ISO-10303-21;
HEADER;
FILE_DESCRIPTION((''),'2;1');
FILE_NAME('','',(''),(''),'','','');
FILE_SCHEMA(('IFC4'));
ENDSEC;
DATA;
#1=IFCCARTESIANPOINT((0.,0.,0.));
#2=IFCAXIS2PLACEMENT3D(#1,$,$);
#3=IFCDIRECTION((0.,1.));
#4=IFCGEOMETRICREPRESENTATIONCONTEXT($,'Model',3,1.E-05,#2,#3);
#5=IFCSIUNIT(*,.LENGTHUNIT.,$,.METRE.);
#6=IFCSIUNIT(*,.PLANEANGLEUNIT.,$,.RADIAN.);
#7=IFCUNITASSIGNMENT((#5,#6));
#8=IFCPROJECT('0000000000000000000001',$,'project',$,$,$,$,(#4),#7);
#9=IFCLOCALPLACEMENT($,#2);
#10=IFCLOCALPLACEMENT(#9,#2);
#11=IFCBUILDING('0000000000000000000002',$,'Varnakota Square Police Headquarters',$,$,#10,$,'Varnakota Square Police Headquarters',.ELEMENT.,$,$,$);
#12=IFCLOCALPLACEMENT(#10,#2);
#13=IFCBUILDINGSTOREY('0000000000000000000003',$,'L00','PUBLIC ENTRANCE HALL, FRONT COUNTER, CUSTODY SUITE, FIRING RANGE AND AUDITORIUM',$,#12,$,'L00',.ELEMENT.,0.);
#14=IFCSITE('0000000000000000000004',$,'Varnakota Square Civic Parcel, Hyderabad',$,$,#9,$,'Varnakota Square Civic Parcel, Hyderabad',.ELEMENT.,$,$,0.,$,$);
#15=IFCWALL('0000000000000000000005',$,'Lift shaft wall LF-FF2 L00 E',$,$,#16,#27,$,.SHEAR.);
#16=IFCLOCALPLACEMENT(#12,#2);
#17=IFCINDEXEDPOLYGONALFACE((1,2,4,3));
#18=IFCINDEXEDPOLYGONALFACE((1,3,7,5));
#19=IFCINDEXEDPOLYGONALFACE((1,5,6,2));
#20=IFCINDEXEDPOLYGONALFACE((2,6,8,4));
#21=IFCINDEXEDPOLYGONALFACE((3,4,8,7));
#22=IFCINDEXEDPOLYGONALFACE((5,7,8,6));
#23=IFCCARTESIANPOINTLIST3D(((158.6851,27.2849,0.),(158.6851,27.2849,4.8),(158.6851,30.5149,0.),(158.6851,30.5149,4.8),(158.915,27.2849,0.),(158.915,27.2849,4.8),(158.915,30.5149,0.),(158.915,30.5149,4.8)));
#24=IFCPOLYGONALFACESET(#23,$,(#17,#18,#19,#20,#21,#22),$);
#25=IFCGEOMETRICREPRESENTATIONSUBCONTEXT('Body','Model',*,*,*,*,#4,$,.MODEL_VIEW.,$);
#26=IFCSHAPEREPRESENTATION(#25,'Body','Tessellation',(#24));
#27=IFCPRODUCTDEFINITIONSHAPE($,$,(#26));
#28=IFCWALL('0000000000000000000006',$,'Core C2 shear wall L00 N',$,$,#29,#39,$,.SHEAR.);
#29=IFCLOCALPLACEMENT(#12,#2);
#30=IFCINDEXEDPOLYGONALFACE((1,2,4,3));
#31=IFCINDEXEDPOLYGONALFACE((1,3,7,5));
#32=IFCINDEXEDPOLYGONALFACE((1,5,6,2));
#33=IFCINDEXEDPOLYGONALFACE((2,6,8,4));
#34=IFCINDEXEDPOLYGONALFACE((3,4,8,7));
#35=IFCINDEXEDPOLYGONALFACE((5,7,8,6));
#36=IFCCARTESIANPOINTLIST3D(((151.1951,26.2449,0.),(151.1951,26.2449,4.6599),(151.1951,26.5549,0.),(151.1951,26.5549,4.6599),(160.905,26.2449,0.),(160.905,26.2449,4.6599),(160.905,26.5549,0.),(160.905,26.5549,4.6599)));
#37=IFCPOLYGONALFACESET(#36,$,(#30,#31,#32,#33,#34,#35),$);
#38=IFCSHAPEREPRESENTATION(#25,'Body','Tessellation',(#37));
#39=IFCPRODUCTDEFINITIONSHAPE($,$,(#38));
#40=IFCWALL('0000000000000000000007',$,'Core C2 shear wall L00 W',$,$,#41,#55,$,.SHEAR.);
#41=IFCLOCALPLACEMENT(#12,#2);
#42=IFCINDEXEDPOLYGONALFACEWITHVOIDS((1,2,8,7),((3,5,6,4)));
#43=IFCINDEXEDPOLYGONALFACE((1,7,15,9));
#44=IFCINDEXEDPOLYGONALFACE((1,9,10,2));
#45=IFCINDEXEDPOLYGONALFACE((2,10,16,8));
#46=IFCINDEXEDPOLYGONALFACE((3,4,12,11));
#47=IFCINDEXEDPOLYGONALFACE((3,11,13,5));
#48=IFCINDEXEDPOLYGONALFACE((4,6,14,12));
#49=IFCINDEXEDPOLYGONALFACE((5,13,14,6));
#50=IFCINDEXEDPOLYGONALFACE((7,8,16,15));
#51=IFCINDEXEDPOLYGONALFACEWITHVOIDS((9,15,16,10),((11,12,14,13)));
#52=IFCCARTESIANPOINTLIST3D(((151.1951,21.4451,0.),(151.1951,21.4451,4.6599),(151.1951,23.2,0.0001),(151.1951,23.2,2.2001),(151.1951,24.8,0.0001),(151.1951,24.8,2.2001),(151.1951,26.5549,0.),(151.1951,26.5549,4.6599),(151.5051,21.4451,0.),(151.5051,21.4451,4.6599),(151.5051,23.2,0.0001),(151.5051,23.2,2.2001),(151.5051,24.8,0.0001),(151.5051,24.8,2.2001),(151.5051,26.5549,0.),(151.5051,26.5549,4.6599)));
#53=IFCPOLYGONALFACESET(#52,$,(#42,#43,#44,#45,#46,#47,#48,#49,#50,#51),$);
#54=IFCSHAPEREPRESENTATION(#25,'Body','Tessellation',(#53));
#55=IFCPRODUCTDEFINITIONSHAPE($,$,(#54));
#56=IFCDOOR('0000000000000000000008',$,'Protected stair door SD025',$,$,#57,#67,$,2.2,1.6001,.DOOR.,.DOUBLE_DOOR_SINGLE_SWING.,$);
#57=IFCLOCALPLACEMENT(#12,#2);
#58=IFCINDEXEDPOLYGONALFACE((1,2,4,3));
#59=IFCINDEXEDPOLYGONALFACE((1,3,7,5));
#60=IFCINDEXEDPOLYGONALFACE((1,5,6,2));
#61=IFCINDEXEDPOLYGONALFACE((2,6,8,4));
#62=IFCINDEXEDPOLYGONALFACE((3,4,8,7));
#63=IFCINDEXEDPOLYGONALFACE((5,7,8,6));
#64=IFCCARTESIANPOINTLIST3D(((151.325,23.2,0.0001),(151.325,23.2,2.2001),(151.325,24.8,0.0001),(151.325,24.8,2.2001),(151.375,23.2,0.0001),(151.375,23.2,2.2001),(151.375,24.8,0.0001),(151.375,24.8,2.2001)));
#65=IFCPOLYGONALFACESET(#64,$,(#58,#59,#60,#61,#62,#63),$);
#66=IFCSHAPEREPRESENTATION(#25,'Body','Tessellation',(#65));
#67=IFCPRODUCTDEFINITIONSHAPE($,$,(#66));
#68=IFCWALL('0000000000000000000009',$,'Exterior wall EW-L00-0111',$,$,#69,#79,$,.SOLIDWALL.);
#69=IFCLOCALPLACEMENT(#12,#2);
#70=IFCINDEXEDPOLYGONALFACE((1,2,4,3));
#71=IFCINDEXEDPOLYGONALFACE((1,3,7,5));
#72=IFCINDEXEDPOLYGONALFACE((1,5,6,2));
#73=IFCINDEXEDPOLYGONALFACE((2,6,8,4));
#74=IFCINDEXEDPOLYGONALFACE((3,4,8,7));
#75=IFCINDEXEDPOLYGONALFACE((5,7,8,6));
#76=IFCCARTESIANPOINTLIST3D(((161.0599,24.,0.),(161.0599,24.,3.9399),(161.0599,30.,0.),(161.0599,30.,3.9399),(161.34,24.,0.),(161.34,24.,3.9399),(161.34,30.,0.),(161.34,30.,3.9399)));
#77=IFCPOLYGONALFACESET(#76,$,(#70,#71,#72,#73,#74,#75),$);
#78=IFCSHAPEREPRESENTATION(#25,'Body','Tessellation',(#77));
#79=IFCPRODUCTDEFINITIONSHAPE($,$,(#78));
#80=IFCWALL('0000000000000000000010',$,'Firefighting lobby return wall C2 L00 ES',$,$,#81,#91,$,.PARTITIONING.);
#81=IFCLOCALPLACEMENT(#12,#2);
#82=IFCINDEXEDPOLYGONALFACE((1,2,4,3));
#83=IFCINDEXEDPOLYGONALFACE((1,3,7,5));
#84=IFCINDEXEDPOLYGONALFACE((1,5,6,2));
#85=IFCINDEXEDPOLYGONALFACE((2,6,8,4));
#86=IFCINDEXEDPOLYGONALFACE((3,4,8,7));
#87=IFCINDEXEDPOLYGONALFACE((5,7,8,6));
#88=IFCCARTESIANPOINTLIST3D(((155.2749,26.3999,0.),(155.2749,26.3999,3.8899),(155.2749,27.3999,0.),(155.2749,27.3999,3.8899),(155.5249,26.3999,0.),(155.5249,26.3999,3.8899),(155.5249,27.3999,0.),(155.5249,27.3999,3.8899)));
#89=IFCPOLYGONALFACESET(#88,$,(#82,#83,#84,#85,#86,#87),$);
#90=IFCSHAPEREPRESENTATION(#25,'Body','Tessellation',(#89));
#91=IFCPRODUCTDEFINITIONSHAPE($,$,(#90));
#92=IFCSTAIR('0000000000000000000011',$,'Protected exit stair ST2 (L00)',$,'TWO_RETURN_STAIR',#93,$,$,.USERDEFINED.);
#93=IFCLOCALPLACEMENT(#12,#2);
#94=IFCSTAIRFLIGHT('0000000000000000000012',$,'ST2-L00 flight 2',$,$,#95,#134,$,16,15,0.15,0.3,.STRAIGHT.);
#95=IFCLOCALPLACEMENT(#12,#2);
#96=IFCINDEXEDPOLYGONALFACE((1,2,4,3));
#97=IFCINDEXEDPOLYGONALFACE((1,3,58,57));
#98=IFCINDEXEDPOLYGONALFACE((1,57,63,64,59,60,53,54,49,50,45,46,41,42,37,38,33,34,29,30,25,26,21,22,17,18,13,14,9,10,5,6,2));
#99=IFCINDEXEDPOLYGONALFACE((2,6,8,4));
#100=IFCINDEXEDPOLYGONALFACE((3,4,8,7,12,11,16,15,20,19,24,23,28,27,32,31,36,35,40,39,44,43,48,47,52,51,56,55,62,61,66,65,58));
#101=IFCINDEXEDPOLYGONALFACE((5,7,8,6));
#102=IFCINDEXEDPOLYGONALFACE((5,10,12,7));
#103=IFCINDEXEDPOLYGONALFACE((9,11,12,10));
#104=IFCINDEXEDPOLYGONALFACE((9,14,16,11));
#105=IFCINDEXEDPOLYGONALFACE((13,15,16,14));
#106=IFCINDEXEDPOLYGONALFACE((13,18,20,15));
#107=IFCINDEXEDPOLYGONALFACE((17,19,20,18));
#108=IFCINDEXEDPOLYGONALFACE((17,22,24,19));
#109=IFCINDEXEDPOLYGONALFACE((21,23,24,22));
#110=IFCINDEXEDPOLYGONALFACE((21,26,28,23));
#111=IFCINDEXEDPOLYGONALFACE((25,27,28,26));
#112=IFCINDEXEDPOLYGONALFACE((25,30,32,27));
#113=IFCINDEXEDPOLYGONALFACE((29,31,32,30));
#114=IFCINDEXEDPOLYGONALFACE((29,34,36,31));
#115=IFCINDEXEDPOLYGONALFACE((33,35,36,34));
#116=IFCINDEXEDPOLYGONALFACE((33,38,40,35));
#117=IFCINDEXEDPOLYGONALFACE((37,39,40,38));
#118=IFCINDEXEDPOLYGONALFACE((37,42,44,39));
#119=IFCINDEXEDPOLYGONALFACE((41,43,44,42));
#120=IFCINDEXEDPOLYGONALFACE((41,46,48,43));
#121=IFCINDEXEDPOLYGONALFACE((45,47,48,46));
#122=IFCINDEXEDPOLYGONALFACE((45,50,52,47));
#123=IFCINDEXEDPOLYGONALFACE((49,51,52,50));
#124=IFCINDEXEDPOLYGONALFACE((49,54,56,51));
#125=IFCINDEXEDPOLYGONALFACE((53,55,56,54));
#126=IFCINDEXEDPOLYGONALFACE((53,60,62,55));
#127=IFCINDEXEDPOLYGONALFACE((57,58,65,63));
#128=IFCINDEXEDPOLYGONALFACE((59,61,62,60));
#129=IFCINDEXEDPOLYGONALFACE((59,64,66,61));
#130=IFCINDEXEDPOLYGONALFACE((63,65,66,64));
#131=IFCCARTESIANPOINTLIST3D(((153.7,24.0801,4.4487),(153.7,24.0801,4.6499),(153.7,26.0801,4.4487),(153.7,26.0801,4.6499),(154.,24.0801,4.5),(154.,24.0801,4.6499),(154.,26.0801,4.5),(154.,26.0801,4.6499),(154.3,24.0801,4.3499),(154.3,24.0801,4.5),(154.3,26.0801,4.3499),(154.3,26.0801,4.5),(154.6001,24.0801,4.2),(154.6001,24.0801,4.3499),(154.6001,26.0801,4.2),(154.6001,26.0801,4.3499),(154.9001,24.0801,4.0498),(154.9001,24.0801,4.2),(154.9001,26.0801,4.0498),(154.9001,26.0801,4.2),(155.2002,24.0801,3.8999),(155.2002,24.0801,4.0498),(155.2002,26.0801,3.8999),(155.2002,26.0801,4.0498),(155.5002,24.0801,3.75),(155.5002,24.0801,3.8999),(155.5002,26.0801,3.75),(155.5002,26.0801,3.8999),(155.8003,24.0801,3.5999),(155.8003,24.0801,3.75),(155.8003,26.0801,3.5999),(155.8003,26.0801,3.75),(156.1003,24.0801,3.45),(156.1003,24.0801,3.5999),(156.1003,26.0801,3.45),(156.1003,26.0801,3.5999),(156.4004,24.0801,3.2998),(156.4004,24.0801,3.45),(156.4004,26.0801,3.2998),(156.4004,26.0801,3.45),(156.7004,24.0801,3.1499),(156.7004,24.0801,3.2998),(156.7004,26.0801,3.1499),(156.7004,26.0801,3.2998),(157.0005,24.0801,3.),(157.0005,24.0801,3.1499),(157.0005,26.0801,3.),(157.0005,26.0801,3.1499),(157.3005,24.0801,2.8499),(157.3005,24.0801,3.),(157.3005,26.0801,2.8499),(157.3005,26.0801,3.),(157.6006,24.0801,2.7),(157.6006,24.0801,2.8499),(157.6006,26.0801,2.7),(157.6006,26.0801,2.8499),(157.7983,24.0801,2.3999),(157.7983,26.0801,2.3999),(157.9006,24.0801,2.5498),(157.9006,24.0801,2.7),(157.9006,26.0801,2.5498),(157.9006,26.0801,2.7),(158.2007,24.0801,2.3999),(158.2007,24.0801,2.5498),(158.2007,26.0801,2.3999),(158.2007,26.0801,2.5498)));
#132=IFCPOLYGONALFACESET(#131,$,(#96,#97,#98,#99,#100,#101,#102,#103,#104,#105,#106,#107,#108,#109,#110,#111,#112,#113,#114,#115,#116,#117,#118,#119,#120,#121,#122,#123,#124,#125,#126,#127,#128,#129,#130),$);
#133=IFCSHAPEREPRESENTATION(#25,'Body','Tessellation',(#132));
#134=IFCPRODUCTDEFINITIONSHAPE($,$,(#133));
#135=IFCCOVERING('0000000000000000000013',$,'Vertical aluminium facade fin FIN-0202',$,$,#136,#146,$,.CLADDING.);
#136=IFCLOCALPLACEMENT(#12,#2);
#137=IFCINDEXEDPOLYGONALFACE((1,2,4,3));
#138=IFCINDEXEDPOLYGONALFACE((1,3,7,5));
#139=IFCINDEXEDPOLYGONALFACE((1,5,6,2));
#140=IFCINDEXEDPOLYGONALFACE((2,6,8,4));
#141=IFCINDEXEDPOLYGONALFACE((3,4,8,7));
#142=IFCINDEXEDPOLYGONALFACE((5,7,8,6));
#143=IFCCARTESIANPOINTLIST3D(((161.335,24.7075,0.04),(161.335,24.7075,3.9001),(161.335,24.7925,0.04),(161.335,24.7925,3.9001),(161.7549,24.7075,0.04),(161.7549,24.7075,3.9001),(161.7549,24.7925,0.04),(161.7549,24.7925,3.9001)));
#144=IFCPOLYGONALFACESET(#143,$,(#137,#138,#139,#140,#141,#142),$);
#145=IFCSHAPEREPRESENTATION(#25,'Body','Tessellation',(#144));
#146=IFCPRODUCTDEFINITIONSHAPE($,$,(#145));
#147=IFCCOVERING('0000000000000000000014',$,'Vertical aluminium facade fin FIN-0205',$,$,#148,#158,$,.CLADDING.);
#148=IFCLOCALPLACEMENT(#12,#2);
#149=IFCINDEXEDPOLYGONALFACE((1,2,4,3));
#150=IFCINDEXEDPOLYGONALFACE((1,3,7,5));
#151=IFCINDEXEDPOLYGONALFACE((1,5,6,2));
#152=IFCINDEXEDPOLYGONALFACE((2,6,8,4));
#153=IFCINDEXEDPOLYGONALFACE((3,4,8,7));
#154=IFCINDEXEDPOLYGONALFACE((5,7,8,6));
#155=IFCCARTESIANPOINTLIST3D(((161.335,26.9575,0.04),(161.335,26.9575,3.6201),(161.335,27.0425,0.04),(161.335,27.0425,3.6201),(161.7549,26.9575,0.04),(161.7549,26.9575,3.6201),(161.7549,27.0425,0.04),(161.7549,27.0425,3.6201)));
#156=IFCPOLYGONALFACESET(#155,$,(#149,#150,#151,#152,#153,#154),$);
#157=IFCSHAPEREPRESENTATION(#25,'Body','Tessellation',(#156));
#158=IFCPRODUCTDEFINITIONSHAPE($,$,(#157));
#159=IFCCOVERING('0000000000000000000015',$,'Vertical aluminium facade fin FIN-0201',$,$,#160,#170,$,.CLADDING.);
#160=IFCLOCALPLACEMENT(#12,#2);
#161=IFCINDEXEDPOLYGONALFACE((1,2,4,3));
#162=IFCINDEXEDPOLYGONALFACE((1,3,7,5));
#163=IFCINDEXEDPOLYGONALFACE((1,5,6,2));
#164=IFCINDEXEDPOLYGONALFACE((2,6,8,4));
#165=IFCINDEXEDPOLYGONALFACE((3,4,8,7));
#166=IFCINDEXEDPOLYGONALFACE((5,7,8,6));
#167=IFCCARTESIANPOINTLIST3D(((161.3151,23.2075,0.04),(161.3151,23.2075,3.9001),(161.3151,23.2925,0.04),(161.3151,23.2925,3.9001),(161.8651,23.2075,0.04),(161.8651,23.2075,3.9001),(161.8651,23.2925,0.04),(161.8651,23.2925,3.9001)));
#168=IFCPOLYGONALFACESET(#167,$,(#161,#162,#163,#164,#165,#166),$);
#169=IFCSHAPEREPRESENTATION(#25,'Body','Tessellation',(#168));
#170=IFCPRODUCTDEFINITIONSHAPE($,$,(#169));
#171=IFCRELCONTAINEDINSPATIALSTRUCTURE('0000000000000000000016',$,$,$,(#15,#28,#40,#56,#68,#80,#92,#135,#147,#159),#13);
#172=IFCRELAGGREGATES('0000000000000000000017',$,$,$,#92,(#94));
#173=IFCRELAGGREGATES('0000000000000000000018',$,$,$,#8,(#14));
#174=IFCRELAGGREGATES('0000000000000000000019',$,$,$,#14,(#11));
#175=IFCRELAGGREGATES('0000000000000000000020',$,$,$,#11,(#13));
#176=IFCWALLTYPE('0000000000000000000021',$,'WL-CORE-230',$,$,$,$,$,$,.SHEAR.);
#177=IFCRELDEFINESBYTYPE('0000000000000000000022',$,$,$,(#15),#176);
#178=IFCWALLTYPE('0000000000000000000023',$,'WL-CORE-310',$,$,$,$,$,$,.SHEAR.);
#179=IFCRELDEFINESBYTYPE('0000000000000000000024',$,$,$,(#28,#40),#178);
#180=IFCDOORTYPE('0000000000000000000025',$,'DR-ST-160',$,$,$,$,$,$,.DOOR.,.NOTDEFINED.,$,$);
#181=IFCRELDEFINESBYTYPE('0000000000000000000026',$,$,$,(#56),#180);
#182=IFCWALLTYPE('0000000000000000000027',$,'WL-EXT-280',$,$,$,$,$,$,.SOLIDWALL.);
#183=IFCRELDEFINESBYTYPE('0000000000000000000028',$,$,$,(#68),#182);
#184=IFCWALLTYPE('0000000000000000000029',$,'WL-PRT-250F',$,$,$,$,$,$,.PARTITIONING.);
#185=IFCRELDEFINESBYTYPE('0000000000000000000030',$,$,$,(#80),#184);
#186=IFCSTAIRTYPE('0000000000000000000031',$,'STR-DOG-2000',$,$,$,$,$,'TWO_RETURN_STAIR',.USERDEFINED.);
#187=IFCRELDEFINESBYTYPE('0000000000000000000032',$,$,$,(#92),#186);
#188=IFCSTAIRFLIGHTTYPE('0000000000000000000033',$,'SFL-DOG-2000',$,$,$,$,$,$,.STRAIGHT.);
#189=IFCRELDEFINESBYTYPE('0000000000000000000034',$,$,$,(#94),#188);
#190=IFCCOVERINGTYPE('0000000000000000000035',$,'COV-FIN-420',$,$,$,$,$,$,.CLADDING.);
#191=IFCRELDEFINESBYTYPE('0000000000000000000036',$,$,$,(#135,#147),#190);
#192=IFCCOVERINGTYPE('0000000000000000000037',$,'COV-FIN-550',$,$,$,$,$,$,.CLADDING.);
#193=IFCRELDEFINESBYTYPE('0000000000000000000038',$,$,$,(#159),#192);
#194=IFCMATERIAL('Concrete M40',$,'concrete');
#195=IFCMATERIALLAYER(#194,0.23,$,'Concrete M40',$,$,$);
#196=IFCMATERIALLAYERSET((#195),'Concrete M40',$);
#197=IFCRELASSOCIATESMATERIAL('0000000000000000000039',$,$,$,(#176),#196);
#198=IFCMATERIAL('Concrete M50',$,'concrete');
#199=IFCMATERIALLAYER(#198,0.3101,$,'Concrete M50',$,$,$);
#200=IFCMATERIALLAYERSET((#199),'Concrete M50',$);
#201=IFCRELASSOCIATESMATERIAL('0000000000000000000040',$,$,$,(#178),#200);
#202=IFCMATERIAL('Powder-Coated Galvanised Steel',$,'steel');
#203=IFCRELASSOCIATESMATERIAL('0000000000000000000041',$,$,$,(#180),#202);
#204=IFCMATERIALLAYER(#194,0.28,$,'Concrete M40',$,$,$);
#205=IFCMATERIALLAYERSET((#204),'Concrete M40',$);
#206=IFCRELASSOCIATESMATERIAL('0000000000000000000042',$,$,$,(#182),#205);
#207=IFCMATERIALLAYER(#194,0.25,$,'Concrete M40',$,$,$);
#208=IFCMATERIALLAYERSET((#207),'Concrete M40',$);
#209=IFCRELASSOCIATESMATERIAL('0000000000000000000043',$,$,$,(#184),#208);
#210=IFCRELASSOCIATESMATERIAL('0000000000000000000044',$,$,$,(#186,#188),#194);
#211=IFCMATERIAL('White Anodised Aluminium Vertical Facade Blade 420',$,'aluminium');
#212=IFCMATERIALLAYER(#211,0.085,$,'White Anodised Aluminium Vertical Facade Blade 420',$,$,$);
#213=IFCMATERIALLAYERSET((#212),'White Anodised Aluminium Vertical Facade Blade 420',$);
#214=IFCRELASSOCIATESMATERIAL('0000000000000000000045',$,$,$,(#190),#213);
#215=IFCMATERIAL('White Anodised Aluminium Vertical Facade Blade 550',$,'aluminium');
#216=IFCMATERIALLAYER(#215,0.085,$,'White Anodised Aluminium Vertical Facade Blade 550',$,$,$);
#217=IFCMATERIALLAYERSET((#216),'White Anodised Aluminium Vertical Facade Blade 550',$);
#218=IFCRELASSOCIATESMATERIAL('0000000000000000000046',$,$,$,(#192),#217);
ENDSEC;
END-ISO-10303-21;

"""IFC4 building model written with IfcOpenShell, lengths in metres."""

from ifc_helpers import new_model, si_unit, direction, frame, frame_2d, origin, origin_2d, place, context, subcontext, project, spatial, polyline, rectangle, outline, extrude, material, layer, layer_set, type_object, element, fill, aggregate, save


model = new_model("IFC4")

# Units and contexts
model_context = context("Model", 3, precision=1e-05, world=origin(), true_north=direction((0.0, 1.0)))
body_context = subcontext(model_context, "Body", "Model", "MODEL_VIEW")
ifc_project = project(units=[si_unit("LENGTHUNIT", "METRE"), si_unit("PLANEANGLEUNIT", "RADIAN")], contexts=[model_context])

# Site, building, storey
site_placement = place(None, origin())
site = spatial("IfcSite", under=ifc_project, at=site_placement, Name="Varnakota Square Civic Parcel, Hyderabad", LongName="Varnakota Square Civic Parcel, Hyderabad", CompositionType="ELEMENT", RefElevation=0.0)
building_placement = place(site_placement, origin())
building = spatial("IfcBuilding", under=site, at=building_placement, Name="Varnakota Square Police Headquarters", LongName="Varnakota Square Police Headquarters", CompositionType="ELEMENT")
storey_placement = place(building_placement, origin())
storey = spatial("IfcBuildingStorey", under=building, at=storey_placement, Name="L00", Description="PUBLIC ENTRANCE HALL, FRONT COUNTER, CUSTODY SUITE, FIRING RANGE AND AUDITORIUM", LongName="L00", CompositionType="ELEMENT", Elevation=0.0)

# Shared definitions
ifc_material_1 = material(Name="Concrete M50", Category="concrete")

# Walls
ifc_material_2 = material(Name="Concrete M40", Category="concrete")
ifc_layer_1 = layer(ifc_material_2, 0.23, Name="Concrete M40")
ifc_layer_set_1 = layer_set([ifc_layer_1], Name="Concrete M40")
wall_type_1 = type_object("IfcWallType", Name="WL-CORE-230", PredefinedType="SHEAR", material=ifc_layer_set_1)
wall_1_placement = place(storey_placement, frame((158.8, 27.2849, 0.0), z_axis=(0.0, 0.0, 1.0), x_axis=(0.0, 1.0, 0.0)))
element("IfcWall", 1, at=wall_1_placement, inside=storey, type_object=wall_type_1, Name="Lift shaft wall LF-FF2 L00 E", PredefinedType="SHEAR", context=body_context, shape_type="SweptSolid", body=[
    extrude(rectangle(XDim=3.23, YDim=0.23, at=frame_2d((1.615, 0.0))), origin(), (0.0, 0.0, 1.0), 4.8),
])
ifc_layer_2 = layer(ifc_material_1, 0.3101, Name="Concrete M50")
ifc_layer_set_2 = layer_set([ifc_layer_2], Name="Concrete M50")
wall_type_2 = type_object("IfcWallType", Name="WL-CORE-310", PredefinedType="SHEAR", material=ifc_layer_set_2)
wall_2_placement = place(storey_placement, frame((160.905, 26.3999, 0.0), z_axis=(0.0, 0.0, 1.0), x_axis=(-1.0, 0.0, 0.0)))
element("IfcWall", 2, at=wall_2_placement, inside=storey, type_object=wall_type_2, Name="Core C2 shear wall L00 N", PredefinedType="SHEAR", context=body_context, shape_type="SweptSolid", body=[
    extrude(rectangle(XDim=9.71, YDim=0.3101, at=frame_2d((4.855, 0.0))), origin(), (0.0, 0.0, 1.0), 4.6599),
])

# Wall, opening, door
wall_3_placement = place(storey_placement, frame((151.3501, 26.5549, 0.0), z_axis=(0.0, 0.0, 1.0), x_axis=(0.0, -1.0, 0.0)))
wall_3 = element("IfcWall", 3, at=wall_3_placement, inside=storey, type_object=wall_type_2, Name="Core C2 shear wall L00 W", PredefinedType="SHEAR", context=body_context, shape_type="SweptSolid", body=[
    extrude(rectangle(XDim=5.1099, YDim=0.3101, at=frame_2d((2.5549, 0.0))), origin(), (0.0, 0.0, 1.0), 4.6599),
])
opening_1_placement = place(wall_3_placement, frame((1.7549, 0.0, 0.0)))
opening_1 = element("IfcOpeningElement", 4, at=opening_1_placement, cuts=wall_3, PredefinedType="OPENING", context=body_context, shape_type="SweptSolid", body=[
    extrude(rectangle(XDim=1.6001, YDim=2.2, at=frame_2d((0.8, 1.1001))), frame((0.0, 0.165, 0.0), z_axis=(0.0, -1.0, 0.0), x_axis=(1.0, 0.0, 0.0)), (0.0, 0.0, 1.0), 0.3301),
])
ifc_material_3 = material(Name="Powder-Coated Galvanised Steel", Category="steel")
door_type_1 = type_object("IfcDoorType", Name="DR-ST-160", OperationType="NOTDEFINED", PredefinedType="DOOR", material=ifc_material_3)
door_1_placement = place(opening_1_placement, origin())
door_1 = element("IfcDoor", 5, at=door_1_placement, inside=storey, type_object=door_type_1, Name="Protected stair door SD025", OperationType="DOUBLE_DOOR_SINGLE_SWING", OverallHeight=2.2, OverallWidth=1.6001, PredefinedType="DOOR", context=body_context, shape_type="SweptSolid", body=[
    extrude(rectangle(XDim=1.6001, YDim=2.2, at=frame_2d((0.8, 1.1001))), frame((0.0, 0.0249, 0.0), z_axis=(0.0, -1.0, 0.0), x_axis=(1.0, 0.0, 0.0)), (0.0, 0.0, 1.0), 0.05),
])
fill(opening_1, door_1)

# Wall
ifc_layer_3 = layer(ifc_material_2, 0.28, Name="Concrete M40")
ifc_layer_set_3 = layer_set([ifc_layer_3], Name="Concrete M40")
wall_type_3 = type_object("IfcWallType", Name="WL-EXT-280", PredefinedType="SOLIDWALL", material=ifc_layer_set_3)
wall_4_placement = place(storey_placement, frame((161.2, 24.0, 0.0), z_axis=(0.0, 0.0, 1.0), x_axis=(0.0, 1.0, 0.0)))
element("IfcWall", 6, at=wall_4_placement, inside=storey, type_object=wall_type_3, Name="Exterior wall EW-L00-0111", PredefinedType="SOLIDWALL", context=body_context, shape_type="SweptSolid", body=[
    extrude(rectangle(XDim=6.0, YDim=0.28, at=frame_2d((3.0, 0.0))), origin(), (0.0, 0.0, 1.0), 3.9399),
])

# Shared definitions
ifc_layer_4 = layer(ifc_material_2, 0.25, Name="Concrete M40")
ifc_layer_set_4 = layer_set([ifc_layer_4], Name="Concrete M40")
wall_type_4 = type_object("IfcWallType", Name="WL-PRT-250F", PredefinedType="PARTITIONING", material=ifc_layer_set_4)

# Wall
wall_5_placement = place(storey_placement, frame((155.3999, 26.3999, 0.0), z_axis=(0.0, 0.0, 1.0), x_axis=(0.0, 1.0, 0.0)))
element("IfcWall", 7, at=wall_5_placement, inside=storey, type_object=wall_type_4, Name="Firefighting lobby return wall C2 L00 ES", PredefinedType="PARTITIONING", context=body_context, shape_type="SweptSolid", body=[
    extrude(rectangle(XDim=1.0, YDim=0.25, at=frame_2d((0.5, 0.0))), origin(), (0.0, 0.0, 1.0), 3.8899),
])

# Stair, stair flight
stair_type = type_object("IfcStairType", Name="STR-DOG-2000", ElementType="TWO_RETURN_STAIR", PredefinedType="USERDEFINED", material=ifc_material_2)
stair_placement = place(storey_placement, origin())
stair = element("IfcStair", 8, at=stair_placement, inside=storey, type_object=stair_type, Name="Protected exit stair ST2 (L00)", ObjectType="TWO_RETURN_STAIR", PredefinedType="USERDEFINED")
stair_flight_type = type_object("IfcStairFlightType", Name="SFL-DOG-2000", PredefinedType="STRAIGHT", material=ifc_material_2)
stair_flight_placement = place(storey_placement, frame((158.2007, 25.0801, 2.3999), z_axis=(0.0, 0.0, 1.0), x_axis=(-1.0, 0.0, 0.0)))
stair_flight = element("IfcStairFlight", 9, at=stair_flight_placement, type_object=stair_flight_type, Name="ST2-L00 flight 2", NumberOfRisers=16, NumberOfTreads=15, PredefinedType="STRAIGHT", RiserHeight=0.15, TreadLength=0.3, context=body_context, shape_type="SweptSolid", body=[
    extrude(outline(polyline([(0.0, 0.0), (0.0, 0.1499), (0.3, 0.1499), (0.3, 0.3), (0.6001, 0.3), (0.6001, 0.45), (0.9001, 0.45), (0.9001, 0.6001), (1.2002, 0.6001), (1.2002, 0.75), (1.5002, 0.75), (1.5002, 0.8999), (1.8003, 0.8999), (1.8003, 1.05), (2.1003, 1.05), (2.1003, 1.2), (2.4004, 1.2), (2.4004, 1.3501), (2.7004, 1.3501), (2.7004, 1.5), (3.0005, 1.5), (3.0005, 1.6499), (3.3005, 1.6499), (3.3005, 1.8), (3.6006, 1.8), (3.6006, 1.95), (3.9006, 1.95), (3.9006, 2.1001), (4.2007, 2.1001), (4.2007, 2.25), (4.5007, 2.25), (4.5007, 2.3999), (4.5007, 2.0488), (0.4023, 0.0), (0.0, 0.0)])), frame((0.0, 1.0, 0.0), z_axis=(0.0, -1.0, 0.0), x_axis=(1.0, 0.0, 0.0)), (0.0, 0.0, 1.0), 2.0),
])
aggregate(stair, [stair_flight])

# Coverings
ifc_material_4 = material(Name="White Anodised Aluminium Vertical Facade Blade 420", Category="aluminium")
ifc_layer_5 = layer(ifc_material_4, 0.085, Name="White Anodised Aluminium Vertical Facade Blade 420")
ifc_layer_set_5 = layer_set([ifc_layer_5], Name="White Anodised Aluminium Vertical Facade Blade 420")
covering_type_1 = type_object("IfcCoveringType", Name="COV-FIN-420", PredefinedType="CLADDING", material=ifc_layer_set_5)
covering_1_placement = place(storey_placement, frame((161.5449, 24.75, 0.04), z_axis=(0.0, 0.0, 1.0), x_axis=(0.0, 1.0, 0.0)))
element("IfcCovering", 10, at=covering_1_placement, inside=storey, type_object=covering_type_1, Name="Vertical aluminium facade fin FIN-0202", PredefinedType="CLADDING", context=body_context, shape_type="SweptSolid", body=[
    extrude(rectangle(XDim=0.085, YDim=0.4199, at=origin_2d()), origin(), (0.0, 0.0, 1.0), 3.8601),
])
covering_2_placement = place(storey_placement, frame((161.5449, 27.0, 0.04), z_axis=(0.0, 0.0, 1.0), x_axis=(0.0, 1.0, 0.0)))
element("IfcCovering", 11, at=covering_2_placement, inside=storey, type_object=covering_type_1, Name="Vertical aluminium facade fin FIN-0205", PredefinedType="CLADDING", context=body_context, shape_type="SweptSolid", body=[
    extrude(rectangle(XDim=0.085, YDim=0.4199, at=origin_2d()), origin(), (0.0, 0.0, 1.0), 3.5801),
])
ifc_material_5 = material(Name="White Anodised Aluminium Vertical Facade Blade 550", Category="aluminium")
ifc_layer_6 = layer(ifc_material_5, 0.085, Name="White Anodised Aluminium Vertical Facade Blade 550")
ifc_layer_set_6 = layer_set([ifc_layer_6], Name="White Anodised Aluminium Vertical Facade Blade 550")
covering_type_2 = type_object("IfcCoveringType", Name="COV-FIN-550", PredefinedType="CLADDING", material=ifc_layer_set_6)
covering_3_placement = place(storey_placement, frame((161.5901, 23.25, 0.04), z_axis=(0.0, 0.0, 1.0), x_axis=(0.0, 1.0, 0.0)))
element("IfcCovering", 12, at=covering_3_placement, inside=storey, type_object=covering_type_2, Name="Vertical aluminium facade fin FIN-0201", PredefinedType="CLADDING", context=body_context, shape_type="SweptSolid", body=[
    extrude(rectangle(XDim=0.085, YDim=0.55, at=origin_2d()), origin(), (0.0, 0.0, 1.0), 3.8601),
])

save(model, "model.ifc")
